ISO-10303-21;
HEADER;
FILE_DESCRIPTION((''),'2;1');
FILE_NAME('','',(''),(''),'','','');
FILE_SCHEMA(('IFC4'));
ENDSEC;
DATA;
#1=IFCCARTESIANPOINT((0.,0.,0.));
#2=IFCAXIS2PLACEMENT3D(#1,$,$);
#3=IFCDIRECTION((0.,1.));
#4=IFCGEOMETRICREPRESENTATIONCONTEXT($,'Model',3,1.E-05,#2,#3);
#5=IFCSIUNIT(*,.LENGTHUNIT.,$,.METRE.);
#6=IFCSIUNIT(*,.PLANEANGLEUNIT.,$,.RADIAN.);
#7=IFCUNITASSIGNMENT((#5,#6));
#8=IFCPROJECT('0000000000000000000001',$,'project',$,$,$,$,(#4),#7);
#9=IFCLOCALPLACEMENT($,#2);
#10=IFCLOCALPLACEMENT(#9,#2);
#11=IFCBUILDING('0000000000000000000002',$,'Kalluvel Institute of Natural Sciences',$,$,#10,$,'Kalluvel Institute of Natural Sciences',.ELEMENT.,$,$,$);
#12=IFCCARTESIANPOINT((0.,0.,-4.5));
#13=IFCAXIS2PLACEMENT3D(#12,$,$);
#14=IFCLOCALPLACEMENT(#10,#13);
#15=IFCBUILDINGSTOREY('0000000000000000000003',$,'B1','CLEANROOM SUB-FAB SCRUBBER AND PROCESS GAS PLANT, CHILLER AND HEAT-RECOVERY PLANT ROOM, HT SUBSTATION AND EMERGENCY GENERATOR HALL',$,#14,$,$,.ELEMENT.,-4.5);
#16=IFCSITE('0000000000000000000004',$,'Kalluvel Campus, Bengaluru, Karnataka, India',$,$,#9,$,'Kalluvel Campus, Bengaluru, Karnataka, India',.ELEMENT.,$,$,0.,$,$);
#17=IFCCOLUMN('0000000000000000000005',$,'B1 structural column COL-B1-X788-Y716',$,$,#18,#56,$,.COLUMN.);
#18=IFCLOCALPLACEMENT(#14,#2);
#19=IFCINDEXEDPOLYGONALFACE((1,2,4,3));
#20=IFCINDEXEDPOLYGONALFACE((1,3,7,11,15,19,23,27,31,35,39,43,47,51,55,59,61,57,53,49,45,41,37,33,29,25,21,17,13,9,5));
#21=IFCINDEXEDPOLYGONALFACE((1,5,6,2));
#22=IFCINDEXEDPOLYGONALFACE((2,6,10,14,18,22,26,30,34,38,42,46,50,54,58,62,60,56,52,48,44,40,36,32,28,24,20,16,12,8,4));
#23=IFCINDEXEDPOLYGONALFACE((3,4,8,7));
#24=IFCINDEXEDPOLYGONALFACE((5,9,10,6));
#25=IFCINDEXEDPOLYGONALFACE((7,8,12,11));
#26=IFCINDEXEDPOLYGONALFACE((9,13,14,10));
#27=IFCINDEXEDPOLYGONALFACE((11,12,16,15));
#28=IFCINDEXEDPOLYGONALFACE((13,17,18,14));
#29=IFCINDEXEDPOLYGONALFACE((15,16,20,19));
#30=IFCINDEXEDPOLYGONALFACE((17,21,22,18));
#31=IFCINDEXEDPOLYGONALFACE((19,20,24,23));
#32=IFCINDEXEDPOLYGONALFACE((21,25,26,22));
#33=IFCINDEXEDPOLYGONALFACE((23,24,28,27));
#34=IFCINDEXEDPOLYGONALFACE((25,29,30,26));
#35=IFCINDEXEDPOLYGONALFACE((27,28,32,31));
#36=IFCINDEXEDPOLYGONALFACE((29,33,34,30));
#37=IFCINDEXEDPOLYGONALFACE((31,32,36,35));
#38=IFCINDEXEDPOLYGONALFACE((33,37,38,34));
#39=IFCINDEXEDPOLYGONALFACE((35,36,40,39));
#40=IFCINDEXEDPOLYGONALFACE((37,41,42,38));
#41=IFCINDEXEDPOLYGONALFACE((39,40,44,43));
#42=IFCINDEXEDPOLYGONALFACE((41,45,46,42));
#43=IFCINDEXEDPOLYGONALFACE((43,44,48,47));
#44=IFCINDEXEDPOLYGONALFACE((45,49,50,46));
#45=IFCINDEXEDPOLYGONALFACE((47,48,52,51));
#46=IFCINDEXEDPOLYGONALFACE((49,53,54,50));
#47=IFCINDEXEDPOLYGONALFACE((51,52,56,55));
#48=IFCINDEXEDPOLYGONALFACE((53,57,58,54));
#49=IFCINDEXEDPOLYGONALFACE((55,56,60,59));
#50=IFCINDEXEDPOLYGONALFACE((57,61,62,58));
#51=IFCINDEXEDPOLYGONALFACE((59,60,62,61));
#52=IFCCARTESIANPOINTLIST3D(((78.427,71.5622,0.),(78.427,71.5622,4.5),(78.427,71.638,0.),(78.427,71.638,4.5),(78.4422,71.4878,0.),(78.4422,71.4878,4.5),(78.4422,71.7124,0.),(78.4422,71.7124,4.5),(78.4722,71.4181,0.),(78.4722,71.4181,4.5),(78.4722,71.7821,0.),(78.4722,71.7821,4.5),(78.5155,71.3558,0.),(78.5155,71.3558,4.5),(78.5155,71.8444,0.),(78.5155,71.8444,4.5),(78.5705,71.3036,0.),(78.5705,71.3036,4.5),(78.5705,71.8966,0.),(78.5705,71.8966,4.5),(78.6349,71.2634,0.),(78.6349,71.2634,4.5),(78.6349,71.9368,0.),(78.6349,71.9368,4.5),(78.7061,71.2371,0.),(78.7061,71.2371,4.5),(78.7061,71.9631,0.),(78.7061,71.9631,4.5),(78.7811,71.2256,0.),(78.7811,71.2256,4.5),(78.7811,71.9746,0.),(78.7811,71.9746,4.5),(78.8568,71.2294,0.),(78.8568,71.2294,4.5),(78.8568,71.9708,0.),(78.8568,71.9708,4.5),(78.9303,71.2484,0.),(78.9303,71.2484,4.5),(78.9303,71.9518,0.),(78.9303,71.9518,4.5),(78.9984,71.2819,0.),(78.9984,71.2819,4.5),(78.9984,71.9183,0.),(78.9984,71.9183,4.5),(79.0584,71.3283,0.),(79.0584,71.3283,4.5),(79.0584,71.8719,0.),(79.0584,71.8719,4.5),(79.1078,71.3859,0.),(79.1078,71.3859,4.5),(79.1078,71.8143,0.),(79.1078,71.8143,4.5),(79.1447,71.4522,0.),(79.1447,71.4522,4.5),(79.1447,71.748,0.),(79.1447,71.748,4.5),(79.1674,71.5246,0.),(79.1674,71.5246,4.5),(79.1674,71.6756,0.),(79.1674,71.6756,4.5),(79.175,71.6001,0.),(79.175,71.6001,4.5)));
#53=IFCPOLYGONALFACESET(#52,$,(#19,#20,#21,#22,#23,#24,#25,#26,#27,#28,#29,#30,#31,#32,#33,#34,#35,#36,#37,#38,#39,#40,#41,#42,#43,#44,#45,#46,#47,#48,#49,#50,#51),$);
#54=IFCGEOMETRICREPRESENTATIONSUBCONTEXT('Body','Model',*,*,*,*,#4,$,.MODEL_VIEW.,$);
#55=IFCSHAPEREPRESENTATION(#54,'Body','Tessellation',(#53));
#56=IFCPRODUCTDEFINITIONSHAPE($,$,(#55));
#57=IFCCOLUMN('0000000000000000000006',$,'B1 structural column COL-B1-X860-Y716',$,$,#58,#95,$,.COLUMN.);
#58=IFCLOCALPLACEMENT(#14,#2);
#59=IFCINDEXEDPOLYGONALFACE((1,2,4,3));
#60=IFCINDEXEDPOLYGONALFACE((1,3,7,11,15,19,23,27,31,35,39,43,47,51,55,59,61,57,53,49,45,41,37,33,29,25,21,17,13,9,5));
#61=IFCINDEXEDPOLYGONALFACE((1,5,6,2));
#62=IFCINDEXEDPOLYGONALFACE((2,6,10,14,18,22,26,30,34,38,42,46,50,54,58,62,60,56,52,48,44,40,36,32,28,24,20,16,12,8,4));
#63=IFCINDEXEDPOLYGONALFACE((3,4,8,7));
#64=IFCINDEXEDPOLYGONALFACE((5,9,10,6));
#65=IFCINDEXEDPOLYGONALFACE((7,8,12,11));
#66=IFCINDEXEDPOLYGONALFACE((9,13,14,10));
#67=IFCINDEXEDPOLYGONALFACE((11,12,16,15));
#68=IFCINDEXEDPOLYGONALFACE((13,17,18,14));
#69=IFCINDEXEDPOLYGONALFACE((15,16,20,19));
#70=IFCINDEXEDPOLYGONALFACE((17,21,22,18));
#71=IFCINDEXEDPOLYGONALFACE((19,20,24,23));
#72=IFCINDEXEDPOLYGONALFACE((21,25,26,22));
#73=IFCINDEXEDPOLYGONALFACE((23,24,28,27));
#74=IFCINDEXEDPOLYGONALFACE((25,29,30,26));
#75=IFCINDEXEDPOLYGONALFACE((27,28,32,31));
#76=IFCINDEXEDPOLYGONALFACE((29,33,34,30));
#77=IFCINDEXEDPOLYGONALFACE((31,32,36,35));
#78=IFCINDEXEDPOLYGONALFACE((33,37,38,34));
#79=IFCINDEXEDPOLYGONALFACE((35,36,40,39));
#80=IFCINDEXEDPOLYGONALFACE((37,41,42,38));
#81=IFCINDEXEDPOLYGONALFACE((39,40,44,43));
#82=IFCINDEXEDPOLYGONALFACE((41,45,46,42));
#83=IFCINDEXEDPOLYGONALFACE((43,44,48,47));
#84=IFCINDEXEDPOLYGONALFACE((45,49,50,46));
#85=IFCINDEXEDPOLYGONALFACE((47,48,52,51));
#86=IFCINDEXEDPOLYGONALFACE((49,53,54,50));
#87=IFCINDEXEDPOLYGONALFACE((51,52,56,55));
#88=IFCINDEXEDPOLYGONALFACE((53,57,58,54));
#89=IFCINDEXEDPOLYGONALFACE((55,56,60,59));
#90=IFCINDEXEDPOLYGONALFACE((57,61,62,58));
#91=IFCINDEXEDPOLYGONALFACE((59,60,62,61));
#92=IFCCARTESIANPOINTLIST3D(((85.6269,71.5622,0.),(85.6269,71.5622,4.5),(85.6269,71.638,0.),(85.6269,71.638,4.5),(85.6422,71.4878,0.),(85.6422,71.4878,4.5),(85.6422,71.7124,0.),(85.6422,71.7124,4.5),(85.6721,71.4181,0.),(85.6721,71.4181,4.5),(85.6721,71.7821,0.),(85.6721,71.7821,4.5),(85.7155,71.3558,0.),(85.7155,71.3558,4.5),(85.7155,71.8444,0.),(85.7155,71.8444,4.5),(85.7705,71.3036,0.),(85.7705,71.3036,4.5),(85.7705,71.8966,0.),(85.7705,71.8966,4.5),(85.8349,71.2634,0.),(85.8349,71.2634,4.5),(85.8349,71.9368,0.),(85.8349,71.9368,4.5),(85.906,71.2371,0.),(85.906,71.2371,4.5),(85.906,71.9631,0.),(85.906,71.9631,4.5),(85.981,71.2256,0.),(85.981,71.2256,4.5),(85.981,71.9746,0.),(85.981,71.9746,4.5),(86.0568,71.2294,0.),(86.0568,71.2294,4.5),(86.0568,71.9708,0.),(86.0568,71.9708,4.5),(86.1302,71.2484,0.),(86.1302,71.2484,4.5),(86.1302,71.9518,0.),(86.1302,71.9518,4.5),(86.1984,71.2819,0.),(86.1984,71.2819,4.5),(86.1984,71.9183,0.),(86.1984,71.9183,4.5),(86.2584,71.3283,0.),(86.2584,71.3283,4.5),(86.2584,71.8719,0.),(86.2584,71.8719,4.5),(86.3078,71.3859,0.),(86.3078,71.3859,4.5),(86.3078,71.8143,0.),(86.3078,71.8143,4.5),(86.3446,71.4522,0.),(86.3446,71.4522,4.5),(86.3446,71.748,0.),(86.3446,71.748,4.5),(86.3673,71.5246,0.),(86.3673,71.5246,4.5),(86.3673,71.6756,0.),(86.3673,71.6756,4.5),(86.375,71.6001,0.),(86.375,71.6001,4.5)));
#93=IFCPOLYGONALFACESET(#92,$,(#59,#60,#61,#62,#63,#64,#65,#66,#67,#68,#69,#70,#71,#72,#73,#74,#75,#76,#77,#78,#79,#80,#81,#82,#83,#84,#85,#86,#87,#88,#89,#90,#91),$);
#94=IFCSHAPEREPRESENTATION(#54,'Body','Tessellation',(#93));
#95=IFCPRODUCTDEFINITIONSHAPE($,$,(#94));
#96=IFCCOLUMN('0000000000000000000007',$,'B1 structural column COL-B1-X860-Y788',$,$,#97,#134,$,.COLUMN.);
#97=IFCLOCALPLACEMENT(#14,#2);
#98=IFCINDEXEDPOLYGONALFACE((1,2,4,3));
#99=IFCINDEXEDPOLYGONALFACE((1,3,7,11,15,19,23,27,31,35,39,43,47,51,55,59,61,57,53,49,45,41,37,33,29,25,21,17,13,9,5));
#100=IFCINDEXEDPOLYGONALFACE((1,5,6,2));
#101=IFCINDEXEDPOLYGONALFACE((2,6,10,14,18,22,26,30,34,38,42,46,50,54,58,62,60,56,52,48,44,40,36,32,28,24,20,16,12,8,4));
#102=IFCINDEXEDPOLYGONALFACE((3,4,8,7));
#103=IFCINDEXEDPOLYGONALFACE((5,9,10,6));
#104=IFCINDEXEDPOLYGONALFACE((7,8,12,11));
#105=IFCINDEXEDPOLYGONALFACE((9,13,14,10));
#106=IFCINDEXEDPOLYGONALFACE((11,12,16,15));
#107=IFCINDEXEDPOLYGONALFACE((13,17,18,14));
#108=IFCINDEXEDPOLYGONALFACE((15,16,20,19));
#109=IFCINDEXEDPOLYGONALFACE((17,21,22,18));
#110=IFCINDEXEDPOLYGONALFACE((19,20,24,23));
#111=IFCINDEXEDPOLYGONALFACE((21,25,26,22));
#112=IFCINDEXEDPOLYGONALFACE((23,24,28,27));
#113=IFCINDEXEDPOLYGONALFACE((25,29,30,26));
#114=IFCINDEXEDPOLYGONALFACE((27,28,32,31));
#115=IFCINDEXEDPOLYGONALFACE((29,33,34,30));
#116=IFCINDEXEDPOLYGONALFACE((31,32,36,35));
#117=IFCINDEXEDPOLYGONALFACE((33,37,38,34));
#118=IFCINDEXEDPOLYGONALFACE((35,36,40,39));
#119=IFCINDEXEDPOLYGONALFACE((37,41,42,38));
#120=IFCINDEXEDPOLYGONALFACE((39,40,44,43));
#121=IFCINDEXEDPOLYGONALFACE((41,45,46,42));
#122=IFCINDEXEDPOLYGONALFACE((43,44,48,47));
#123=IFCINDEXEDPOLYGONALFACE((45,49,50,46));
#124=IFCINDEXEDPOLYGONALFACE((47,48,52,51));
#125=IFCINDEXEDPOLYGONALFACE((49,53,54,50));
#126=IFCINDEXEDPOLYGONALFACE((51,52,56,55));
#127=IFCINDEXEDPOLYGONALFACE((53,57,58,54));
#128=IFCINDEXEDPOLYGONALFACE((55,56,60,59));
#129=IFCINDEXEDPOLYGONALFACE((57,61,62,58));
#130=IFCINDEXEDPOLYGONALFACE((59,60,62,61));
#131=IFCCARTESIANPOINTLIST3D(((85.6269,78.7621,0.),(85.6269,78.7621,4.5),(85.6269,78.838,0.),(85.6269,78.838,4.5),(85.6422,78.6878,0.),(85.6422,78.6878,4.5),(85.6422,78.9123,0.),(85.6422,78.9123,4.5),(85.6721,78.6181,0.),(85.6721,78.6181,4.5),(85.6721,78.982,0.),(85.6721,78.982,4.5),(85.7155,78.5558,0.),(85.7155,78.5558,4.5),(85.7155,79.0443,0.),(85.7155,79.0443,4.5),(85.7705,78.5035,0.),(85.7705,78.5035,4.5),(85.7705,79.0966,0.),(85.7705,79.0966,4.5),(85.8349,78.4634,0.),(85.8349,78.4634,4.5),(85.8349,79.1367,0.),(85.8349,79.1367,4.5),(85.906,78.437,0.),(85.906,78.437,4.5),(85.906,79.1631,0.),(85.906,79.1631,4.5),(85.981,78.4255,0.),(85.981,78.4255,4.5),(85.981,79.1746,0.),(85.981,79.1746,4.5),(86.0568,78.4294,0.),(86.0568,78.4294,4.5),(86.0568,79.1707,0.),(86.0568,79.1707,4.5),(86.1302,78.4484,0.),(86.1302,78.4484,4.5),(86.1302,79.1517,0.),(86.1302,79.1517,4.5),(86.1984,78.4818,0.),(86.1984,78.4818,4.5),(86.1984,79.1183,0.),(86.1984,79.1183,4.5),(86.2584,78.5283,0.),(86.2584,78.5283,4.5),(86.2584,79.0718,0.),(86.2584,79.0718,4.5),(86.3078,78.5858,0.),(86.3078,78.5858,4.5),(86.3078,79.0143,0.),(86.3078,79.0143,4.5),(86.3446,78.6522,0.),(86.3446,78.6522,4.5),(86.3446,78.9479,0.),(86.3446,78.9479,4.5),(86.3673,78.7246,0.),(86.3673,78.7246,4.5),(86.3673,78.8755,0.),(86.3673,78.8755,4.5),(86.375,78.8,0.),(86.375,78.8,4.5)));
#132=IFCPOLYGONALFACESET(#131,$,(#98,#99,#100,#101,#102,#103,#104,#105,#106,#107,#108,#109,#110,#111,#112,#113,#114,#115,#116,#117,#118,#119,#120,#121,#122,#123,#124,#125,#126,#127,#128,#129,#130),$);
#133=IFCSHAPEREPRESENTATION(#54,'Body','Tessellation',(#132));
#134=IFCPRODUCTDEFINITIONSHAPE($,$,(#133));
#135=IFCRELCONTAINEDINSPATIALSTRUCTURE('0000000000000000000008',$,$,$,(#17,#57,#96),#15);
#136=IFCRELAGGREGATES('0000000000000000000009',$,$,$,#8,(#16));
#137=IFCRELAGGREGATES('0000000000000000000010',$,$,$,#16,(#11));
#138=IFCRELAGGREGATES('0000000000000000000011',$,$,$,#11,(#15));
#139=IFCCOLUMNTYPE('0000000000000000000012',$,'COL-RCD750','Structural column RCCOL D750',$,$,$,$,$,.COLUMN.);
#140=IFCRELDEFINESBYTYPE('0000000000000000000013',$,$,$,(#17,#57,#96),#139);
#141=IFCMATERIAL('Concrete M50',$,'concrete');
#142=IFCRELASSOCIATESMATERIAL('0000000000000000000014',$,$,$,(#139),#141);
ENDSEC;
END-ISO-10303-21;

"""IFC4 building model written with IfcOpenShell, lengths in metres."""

from ifc_helpers import new_model, si_unit, direction, frame, origin, origin_2d, place, context, subcontext, project, spatial, circle, extrude, material, material_profile, profile_set, type_object, element, save


model = new_model("IFC4")

# Units and contexts
model_context = context("Model", 3, precision=1e-05, world=origin(), true_north=direction((0.0, 1.0)))
body_context = subcontext(model_context, "Body", "Model", "MODEL_VIEW")
ifc_project = project(units=[si_unit("LENGTHUNIT", "METRE"), si_unit("PLANEANGLEUNIT", "RADIAN")], contexts=[model_context])

# Site, building, storey
site_placement = place(None, origin())
site = spatial("IfcSite", under=ifc_project, at=site_placement, Name="Kalluvel Campus, Bengaluru, Karnataka, India", LongName="Kalluvel Campus, Bengaluru, Karnataka, India", CompositionType="ELEMENT", RefElevation=0.0)
building_placement = place(site_placement, origin())
building = spatial("IfcBuilding", under=site, at=building_placement, Name="Kalluvel Institute of Natural Sciences", LongName="Kalluvel Institute of Natural Sciences", CompositionType="ELEMENT")
storey_placement = place(building_placement, frame((0.0, 0.0, -4.5)))
storey = spatial("IfcBuildingStorey", under=building, at=storey_placement, Name="B1", Description="CLEANROOM SUB-FAB SCRUBBER AND PROCESS GAS PLANT, CHILLER AND HEAT-RECOVERY PLANT ROOM, HT SUBSTATION AND EMERGENCY GENERATOR HALL", CompositionType="ELEMENT", Elevation=-4.5)

# Columns
ifc_material_1 = material(Name="Concrete M50", Category="concrete")
ifc_material_profile_1 = material_profile(ifc_material_1, circle(Radius=0.375, at=origin_2d()), Name="RCCOL D750")
ifc_profile_set_1 = profile_set([ifc_material_profile_1], Name="Concrete M50")
column_type_1 = type_object("IfcColumnType", Name="COL-RCD750", Description="Structural column RCCOL D750", PredefinedType="COLUMN", material=ifc_profile_set_1)
for number, where, z_axis, x_axis, name in (
    (1, (78.8, 71.6001, 0.0), (0.0, 0.0, 1.0), (1.0, 0.0, 0.0), "B1 structural column COL-B1-X788-Y716"),
    (2, (86.0, 71.6001, 0.0), (0.0, 0.0, 1.0), (1.0, 0.0, 0.0), "B1 structural column COL-B1-X860-Y716"),
    (3, (86.0, 78.8, 0.0), (0.0, 0.0, 1.0), (1.0, 0.0, 0.0), "B1 structural column COL-B1-X860-Y788"),
):
    element("IfcColumn", number, at=place(storey_placement, frame(where, z_axis=z_axis, x_axis=x_axis)), inside=storey, type_object=column_type_1, Name=name, PredefinedType="COLUMN", context=body_context, shape_type="SweptSolid", body=[
        extrude(circle(Radius=0.375, at=origin_2d()), origin(), (0.0, 0.0, 1.0), 4.5),
    ])

save(model, "model.ifc")
